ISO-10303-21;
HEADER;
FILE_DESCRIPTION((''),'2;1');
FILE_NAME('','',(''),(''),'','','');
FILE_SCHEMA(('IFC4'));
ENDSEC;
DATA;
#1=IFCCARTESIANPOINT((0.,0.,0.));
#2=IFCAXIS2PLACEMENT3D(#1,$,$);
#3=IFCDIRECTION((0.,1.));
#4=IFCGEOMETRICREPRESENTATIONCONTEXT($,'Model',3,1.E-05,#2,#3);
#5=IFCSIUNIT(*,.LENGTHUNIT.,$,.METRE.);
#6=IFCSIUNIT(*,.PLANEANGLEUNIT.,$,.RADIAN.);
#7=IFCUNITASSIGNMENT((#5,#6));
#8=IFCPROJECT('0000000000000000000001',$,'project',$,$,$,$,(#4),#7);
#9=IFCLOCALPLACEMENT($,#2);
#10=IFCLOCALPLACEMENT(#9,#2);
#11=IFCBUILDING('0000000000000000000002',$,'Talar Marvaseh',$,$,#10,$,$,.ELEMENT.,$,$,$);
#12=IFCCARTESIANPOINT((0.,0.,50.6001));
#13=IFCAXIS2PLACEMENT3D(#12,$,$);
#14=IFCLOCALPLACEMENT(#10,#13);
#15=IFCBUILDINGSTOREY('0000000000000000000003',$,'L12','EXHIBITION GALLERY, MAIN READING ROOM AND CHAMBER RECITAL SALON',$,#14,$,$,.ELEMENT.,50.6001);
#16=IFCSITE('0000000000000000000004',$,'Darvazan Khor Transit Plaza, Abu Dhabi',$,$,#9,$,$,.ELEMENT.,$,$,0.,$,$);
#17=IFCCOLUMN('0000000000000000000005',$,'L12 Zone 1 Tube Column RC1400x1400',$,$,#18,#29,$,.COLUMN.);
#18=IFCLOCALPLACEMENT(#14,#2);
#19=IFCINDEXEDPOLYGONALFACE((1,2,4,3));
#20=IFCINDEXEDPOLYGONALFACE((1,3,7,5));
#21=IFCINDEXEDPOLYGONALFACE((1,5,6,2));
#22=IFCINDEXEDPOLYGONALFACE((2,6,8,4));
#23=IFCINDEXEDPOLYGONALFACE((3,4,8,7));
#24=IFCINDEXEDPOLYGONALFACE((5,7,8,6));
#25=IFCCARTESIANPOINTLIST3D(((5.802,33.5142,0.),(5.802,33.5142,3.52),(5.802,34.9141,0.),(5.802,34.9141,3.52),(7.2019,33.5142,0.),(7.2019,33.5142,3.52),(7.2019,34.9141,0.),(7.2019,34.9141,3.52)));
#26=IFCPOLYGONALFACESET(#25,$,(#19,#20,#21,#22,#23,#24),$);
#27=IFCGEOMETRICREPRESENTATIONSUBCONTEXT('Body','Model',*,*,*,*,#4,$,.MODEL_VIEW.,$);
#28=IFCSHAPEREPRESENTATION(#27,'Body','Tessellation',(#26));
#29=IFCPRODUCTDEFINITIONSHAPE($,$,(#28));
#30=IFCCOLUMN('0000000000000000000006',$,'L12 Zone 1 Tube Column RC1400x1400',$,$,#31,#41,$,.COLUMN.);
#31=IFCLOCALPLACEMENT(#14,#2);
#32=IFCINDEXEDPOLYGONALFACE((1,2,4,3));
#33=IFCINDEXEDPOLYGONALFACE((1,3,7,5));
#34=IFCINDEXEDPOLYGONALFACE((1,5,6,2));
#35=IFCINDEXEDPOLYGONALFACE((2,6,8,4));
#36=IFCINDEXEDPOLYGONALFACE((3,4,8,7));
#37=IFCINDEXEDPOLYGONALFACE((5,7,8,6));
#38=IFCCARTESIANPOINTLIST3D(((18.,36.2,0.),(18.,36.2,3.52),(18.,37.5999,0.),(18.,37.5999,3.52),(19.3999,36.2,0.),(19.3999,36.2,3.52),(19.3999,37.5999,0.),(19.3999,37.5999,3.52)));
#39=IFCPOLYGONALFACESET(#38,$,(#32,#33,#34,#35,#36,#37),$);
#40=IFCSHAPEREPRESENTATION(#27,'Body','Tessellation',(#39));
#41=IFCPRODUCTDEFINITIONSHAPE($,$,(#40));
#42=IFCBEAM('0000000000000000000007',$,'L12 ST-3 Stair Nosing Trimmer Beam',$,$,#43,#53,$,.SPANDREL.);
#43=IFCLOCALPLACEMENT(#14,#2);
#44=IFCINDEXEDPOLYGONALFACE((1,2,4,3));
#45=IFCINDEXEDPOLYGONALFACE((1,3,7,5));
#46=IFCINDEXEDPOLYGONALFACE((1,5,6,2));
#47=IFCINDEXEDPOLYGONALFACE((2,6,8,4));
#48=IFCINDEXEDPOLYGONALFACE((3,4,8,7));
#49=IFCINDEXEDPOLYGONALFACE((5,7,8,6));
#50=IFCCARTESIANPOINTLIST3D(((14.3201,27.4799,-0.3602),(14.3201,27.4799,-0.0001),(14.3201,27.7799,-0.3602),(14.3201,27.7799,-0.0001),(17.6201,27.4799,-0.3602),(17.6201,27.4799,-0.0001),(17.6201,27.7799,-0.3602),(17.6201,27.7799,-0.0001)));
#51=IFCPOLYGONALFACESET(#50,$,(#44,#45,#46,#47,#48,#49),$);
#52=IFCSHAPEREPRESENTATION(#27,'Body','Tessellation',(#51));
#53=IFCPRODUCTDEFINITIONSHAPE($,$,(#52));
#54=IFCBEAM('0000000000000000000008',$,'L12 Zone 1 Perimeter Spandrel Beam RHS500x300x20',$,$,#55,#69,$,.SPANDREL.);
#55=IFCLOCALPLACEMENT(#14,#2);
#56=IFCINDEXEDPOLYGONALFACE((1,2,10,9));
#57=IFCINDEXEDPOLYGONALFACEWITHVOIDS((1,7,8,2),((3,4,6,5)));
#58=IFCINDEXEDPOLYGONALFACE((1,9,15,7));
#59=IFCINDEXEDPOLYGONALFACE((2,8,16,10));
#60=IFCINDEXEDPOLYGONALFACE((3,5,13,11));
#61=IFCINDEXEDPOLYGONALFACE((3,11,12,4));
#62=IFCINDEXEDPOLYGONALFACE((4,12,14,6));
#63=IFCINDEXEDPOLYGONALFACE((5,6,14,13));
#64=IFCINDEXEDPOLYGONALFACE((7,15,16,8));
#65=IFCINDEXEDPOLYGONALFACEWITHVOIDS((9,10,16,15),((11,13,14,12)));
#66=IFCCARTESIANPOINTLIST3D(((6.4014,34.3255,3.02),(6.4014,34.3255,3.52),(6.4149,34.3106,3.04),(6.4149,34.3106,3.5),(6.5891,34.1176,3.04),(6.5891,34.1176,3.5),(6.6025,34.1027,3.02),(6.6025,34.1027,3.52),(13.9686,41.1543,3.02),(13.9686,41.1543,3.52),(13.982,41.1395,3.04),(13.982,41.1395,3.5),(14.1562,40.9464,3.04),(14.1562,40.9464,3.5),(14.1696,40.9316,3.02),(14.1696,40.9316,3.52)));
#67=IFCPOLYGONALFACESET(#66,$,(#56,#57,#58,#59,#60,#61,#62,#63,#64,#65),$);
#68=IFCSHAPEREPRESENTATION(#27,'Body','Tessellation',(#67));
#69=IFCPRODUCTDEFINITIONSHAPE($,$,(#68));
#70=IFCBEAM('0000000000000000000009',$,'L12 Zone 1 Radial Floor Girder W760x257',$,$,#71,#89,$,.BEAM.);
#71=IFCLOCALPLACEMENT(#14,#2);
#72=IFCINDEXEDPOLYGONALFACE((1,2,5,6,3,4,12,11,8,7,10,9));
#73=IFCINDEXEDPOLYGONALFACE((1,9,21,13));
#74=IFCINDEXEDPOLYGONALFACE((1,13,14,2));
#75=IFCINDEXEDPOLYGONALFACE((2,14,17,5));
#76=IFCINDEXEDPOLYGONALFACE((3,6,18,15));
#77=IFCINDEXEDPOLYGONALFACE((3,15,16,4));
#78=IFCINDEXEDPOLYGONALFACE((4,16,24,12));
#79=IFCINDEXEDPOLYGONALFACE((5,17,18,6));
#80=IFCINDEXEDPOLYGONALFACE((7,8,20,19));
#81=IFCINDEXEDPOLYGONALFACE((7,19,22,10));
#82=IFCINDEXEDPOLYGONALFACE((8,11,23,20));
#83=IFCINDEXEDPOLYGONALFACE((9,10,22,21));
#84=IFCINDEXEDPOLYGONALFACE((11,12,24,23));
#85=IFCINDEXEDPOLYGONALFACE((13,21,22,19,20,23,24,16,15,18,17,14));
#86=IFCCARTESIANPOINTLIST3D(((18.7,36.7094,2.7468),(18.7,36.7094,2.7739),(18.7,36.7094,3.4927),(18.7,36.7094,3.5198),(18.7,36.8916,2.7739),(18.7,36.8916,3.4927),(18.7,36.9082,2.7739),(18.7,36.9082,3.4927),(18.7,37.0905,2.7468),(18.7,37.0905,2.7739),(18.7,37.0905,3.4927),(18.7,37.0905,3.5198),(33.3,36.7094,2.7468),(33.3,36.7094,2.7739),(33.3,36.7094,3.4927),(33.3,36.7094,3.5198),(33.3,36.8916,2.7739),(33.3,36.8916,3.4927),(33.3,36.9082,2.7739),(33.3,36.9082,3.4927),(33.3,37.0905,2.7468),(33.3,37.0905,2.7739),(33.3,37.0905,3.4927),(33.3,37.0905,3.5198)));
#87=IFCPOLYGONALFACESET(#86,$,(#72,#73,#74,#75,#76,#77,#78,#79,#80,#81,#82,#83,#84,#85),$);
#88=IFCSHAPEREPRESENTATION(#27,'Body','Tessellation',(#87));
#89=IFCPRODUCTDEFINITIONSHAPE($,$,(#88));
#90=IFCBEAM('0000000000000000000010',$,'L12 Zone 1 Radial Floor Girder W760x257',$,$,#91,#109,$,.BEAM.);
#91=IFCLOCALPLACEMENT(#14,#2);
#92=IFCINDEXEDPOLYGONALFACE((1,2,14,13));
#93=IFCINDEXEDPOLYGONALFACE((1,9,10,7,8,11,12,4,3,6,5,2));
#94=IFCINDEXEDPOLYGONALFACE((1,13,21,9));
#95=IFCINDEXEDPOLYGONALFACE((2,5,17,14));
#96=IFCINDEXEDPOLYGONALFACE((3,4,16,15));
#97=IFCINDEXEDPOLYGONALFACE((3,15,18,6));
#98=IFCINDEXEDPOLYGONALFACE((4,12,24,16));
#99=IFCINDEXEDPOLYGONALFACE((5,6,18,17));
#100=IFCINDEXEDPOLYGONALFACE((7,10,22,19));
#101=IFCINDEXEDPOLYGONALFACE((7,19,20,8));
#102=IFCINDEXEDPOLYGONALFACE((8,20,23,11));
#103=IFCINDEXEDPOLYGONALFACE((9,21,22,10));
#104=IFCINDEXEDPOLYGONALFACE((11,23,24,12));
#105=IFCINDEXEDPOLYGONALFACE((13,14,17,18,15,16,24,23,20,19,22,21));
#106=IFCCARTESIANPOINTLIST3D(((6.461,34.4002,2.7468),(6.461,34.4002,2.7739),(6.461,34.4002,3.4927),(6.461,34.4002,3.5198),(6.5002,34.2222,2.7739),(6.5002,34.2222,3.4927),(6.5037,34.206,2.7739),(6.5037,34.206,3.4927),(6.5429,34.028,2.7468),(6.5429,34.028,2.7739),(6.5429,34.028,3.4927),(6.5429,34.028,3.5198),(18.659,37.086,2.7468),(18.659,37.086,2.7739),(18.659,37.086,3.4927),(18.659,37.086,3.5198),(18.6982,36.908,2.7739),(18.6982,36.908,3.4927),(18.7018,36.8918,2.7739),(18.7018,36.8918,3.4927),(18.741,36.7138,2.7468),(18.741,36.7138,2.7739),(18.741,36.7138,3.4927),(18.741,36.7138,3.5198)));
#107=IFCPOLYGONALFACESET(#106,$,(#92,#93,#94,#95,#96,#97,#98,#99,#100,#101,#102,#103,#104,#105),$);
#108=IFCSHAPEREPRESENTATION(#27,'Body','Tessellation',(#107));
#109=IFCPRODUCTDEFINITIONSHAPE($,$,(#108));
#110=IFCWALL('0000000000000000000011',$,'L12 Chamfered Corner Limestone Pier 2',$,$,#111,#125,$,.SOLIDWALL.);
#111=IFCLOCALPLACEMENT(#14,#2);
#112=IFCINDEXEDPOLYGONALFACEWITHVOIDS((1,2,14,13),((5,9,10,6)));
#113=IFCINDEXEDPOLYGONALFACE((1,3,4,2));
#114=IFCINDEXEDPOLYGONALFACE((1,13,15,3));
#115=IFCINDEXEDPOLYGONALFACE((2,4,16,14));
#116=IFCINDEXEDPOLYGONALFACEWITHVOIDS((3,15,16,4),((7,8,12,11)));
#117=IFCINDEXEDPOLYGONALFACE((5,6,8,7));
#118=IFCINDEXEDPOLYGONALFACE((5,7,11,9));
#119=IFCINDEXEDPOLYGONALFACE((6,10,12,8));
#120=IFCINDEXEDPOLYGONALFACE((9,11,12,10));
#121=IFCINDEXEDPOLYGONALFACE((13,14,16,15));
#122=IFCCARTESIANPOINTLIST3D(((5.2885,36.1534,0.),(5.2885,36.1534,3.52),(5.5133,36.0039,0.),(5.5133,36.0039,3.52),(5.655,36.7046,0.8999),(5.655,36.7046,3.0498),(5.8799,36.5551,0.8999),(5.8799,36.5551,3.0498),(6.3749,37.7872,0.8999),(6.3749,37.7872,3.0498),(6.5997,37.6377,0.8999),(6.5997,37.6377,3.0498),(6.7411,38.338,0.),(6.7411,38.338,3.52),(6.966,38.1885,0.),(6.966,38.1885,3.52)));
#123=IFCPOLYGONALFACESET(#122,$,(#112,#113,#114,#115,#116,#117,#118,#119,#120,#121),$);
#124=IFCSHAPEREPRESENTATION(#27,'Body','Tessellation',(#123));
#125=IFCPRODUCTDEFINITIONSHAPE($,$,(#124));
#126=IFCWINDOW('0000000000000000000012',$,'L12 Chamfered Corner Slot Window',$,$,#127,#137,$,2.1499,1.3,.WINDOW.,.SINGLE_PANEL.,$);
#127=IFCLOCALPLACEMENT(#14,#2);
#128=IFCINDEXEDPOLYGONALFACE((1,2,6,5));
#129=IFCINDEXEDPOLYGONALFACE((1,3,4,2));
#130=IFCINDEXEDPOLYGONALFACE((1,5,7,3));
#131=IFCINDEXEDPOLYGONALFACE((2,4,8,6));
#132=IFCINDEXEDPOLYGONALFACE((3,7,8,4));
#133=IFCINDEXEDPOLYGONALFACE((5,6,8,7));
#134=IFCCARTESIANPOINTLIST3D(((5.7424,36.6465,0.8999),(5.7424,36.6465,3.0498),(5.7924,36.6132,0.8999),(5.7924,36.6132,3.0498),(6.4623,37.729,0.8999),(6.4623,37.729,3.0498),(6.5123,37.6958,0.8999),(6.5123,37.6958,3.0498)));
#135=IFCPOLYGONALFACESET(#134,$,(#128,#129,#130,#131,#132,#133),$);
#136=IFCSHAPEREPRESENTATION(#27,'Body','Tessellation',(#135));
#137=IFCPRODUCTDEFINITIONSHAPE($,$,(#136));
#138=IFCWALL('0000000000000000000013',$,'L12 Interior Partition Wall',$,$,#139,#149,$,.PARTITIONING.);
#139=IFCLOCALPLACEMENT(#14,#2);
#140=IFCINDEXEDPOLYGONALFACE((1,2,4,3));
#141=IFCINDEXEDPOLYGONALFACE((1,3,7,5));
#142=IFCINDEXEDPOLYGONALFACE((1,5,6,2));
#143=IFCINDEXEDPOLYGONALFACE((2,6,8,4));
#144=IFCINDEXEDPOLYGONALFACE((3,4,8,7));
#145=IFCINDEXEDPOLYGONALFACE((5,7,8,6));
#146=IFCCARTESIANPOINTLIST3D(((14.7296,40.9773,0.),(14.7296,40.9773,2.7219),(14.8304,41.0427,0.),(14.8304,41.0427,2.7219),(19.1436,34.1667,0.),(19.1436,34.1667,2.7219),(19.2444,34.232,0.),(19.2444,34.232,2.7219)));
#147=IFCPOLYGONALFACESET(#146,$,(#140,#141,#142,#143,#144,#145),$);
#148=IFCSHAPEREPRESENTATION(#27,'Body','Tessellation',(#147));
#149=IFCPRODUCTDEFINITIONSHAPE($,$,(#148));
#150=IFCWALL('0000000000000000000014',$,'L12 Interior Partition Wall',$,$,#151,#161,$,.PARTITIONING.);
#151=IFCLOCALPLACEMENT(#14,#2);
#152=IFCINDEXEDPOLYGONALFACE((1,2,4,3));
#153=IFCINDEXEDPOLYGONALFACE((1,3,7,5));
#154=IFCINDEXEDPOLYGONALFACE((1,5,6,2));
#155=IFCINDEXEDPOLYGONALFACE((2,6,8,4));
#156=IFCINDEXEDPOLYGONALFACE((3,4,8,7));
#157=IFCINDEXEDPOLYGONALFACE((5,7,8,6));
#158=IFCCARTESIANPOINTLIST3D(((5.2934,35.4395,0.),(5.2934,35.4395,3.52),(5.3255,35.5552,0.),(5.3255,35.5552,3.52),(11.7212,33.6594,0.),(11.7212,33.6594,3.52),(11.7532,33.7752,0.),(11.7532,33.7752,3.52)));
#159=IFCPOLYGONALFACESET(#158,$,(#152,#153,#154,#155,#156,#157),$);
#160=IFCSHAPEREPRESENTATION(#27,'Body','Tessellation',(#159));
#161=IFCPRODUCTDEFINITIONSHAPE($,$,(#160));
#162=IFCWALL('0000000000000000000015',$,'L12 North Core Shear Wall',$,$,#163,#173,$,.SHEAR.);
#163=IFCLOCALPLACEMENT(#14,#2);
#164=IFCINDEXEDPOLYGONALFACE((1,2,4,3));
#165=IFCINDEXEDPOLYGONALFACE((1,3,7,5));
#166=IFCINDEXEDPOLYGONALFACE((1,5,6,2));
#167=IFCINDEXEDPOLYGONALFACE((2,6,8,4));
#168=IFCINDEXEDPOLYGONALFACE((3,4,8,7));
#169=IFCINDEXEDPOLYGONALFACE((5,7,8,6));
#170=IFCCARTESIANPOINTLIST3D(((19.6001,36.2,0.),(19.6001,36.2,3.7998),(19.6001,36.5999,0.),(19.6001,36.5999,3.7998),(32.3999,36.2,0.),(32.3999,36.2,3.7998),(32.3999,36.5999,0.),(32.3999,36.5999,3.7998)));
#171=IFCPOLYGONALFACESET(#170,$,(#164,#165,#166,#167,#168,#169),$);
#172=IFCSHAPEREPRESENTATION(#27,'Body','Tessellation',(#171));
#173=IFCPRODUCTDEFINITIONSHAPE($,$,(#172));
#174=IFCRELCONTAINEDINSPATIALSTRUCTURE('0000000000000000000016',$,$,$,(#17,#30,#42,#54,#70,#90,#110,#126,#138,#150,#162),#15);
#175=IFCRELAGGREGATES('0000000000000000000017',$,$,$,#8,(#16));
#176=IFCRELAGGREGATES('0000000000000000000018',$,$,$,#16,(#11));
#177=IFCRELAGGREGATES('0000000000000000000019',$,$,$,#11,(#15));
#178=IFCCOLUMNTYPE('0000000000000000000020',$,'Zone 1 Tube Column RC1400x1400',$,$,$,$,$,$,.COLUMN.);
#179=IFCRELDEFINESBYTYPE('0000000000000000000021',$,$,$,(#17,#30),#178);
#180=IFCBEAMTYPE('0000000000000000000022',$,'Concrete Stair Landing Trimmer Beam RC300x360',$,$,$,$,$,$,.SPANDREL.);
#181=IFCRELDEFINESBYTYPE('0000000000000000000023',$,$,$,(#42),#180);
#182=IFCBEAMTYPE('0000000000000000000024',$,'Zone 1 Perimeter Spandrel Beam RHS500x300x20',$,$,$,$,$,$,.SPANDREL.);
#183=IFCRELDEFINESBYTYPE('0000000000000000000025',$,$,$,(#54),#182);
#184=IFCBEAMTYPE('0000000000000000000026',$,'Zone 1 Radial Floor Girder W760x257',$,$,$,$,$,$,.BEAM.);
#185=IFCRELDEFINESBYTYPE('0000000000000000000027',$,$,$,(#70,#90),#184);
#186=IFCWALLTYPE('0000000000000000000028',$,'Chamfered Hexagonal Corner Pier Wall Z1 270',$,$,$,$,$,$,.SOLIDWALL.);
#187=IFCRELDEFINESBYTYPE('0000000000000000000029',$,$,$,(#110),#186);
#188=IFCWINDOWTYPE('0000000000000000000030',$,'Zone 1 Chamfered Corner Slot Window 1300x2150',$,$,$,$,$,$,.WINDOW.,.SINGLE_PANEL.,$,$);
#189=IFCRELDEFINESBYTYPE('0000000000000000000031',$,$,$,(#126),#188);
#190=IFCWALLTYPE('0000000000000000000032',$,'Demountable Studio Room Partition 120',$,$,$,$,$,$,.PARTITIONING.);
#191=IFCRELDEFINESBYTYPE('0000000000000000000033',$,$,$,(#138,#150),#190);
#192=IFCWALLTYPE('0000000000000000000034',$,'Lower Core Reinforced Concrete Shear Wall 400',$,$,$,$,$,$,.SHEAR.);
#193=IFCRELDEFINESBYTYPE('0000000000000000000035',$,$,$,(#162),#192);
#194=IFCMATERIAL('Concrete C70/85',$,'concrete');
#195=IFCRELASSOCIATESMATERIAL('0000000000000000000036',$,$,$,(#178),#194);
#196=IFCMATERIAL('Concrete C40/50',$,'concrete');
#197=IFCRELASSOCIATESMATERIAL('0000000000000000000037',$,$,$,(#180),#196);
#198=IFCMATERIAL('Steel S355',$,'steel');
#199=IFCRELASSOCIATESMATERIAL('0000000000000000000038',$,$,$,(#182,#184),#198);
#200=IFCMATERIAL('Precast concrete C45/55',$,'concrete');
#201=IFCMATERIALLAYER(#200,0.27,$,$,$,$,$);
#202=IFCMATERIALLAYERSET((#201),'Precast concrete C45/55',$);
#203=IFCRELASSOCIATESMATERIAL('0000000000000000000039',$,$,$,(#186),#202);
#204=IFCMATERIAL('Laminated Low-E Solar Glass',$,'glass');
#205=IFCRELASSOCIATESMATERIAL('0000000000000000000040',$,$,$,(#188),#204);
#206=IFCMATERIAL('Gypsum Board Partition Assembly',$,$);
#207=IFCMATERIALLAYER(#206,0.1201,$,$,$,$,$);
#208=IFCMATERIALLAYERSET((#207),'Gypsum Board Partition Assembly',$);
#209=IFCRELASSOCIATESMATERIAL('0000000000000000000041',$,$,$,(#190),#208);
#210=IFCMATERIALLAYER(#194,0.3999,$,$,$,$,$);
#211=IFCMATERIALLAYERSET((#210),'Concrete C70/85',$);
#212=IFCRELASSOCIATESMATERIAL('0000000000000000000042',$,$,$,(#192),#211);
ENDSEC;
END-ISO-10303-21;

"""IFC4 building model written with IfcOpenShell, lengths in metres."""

from ifc_helpers import new_model, si_unit, direction, frame, frame_2d, origin, origin_2d, place, context, subcontext, project, spatial, rectangle, hollow_rectangle, i_section, extrude, source, transform, mapped, material, layer, layer_set, material_profile, profile_set, type_object, type_shapes, element, fill, save


model = new_model("IFC4")

# Units and contexts
model_context = context("Model", 3, precision=1e-05, world=origin(), true_north=direction((0.0, 1.0)))
body_context = subcontext(model_context, "Body", "Model", "MODEL_VIEW")
ifc_project = project(units=[si_unit("LENGTHUNIT", "METRE"), si_unit("PLANEANGLEUNIT", "RADIAN")], contexts=[model_context])

# Site, building, storey
site_placement = place(None, origin())
site = spatial("IfcSite", under=ifc_project, at=site_placement, Name="Darvazan Khor Transit Plaza, Abu Dhabi", CompositionType="ELEMENT", RefElevation=0.0)
building_placement = place(site_placement, origin())
building = spatial("IfcBuilding", under=site, at=building_placement, Name="Talar Marvaseh", CompositionType="ELEMENT")
storey_placement = place(building_placement, frame((0.0, 0.0, 50.6001)))
storey = spatial("IfcBuildingStorey", under=building, at=storey_placement, Name="L12", Description="EXHIBITION GALLERY, MAIN READING ROOM AND CHAMBER RECITAL SALON", CompositionType="ELEMENT", Elevation=50.6001)

# Columns
ifc_material_1 = material(Name="Concrete C70/85", Category="concrete")
ifc_material_profile_1 = material_profile(ifc_material_1, rectangle(XDim=1.3999, YDim=1.3999, at=origin_2d()), Name="RC1400x1400")
ifc_profile_set_1 = profile_set([ifc_material_profile_1], Name="Concrete C70/85")
column_type = type_object("IfcColumnType", Name="Zone 1 Tube Column RC1400x1400", PredefinedType="COLUMN", material=ifc_profile_set_1)
for number, where, z_axis, x_axis, name in (
    (1, (6.502, 34.2141, 0.0), (0.0, 0.0, 1.0), (1.0, 0.0, 0.0), "L12 Zone 1 Tube Column RC1400x1400"),
    (2, (18.7, 36.8999, 0.0), (0.0, 0.0, 1.0), (1.0, 0.0, 0.0), "L12 Zone 1 Tube Column RC1400x1400"),
):
    element("IfcColumn", number, at=place(storey_placement, frame(where, z_axis=z_axis, x_axis=x_axis)), inside=storey, type_object=column_type, Name=name, PredefinedType="COLUMN", context=body_context, shape_type="SweptSolid", body=[
        extrude(rectangle(XDim=1.3999, YDim=1.3999, at=origin_2d()), origin(), (0.0, 0.0, 1.0), 3.52),
    ])

# Beams
ifc_material_2 = material(Name="Concrete C40/50", Category="concrete")
ifc_material_profile_2 = material_profile(ifc_material_2, rectangle(XDim=0.3, YDim=0.3601, at=origin_2d()), Name="RC300x360")
ifc_profile_set_2 = profile_set([ifc_material_profile_2], Name="Concrete C40/50")
beam_type_1 = type_object("IfcBeamType", Name="Concrete Stair Landing Trimmer Beam RC300x360", PredefinedType="SPANDREL", material=ifc_profile_set_2)
beam_1_placement = place(storey_placement, frame((17.6201, 27.6299, -0.1802), z_axis=(-1.0, 0.0, 0.0), x_axis=(0.0, -1.0, 0.0)))
element("IfcBeam", 3, at=beam_1_placement, inside=storey, type_object=beam_type_1, Name="L12 ST-3 Stair Nosing Trimmer Beam", PredefinedType="SPANDREL", context=body_context, shape_type="SweptSolid", body=[
    extrude(rectangle(XDim=0.3, YDim=0.3601, at=origin_2d()), origin(), (0.0, 0.0, 1.0), 3.3),
])
ifc_material_3 = material(Name="Steel S355", Category="steel")
ifc_material_profile_3 = material_profile(ifc_material_3, hollow_rectangle(XDim=0.3, YDim=0.5, WallThickness=0.02, at=origin_2d()), Name="RHS500x300x20")
ifc_profile_set_3 = profile_set([ifc_material_profile_3], Name="Steel S355")
beam_type_2 = type_object("IfcBeamType", Name="Zone 1 Perimeter Spandrel Beam RHS500x300x20", PredefinedType="SPANDREL", material=ifc_profile_set_3)
beam_2_placement = place(storey_placement, frame((6.502, 34.2141, 3.27), z_axis=(0.742394, 0.669963, 0.0), x_axis=(-0.669963, 0.742394, 0.0)))
element("IfcBeam", 4, at=beam_2_placement, inside=storey, type_object=beam_type_2, Name="L12 Zone 1 Perimeter Spandrel Beam RHS500x300x20", PredefinedType="SPANDREL", context=body_context, shape_type="SweptSolid", body=[
    extrude(hollow_rectangle(XDim=0.3, YDim=0.5, WallThickness=0.02, at=origin_2d()), origin(), (0.0, 0.0, 1.0), 10.1929),
])
ifc_material_profile_4 = material_profile(ifc_material_3, i_section(OverallWidth=0.3811, OverallDepth=0.7729, WebThickness=0.0166, FlangeThickness=0.0271, at=origin_2d()), Name="W760x257")
ifc_profile_set_4 = profile_set([ifc_material_profile_4], Name="Steel S355")
beam_type_3 = type_object("IfcBeamType", Name="Zone 1 Radial Floor Girder W760x257", PredefinedType="BEAM", material=ifc_profile_set_4)
beam_3_placement = place(storey_placement, frame((18.7, 36.8999, 3.1333), z_axis=(1.0, 0.0, 0.0), x_axis=(0.0, 1.0, 0.0)))
element("IfcBeam", 5, at=beam_3_placement, inside=storey, type_object=beam_type_3, Name="L12 Zone 1 Radial Floor Girder W760x257", PredefinedType="BEAM", context=body_context, shape_type="SweptSolid", body=[
    extrude(i_section(OverallWidth=0.3811, OverallDepth=0.7729, WebThickness=0.0166, FlangeThickness=0.0271, at=origin_2d()), origin(), (0.0, 0.0, 1.0), 14.6001),
])
beam_4_placement = place(storey_placement, frame((6.502, 34.2141, 3.1333), z_axis=(0.976607, 0.215032, 0.0), x_axis=(-0.215032, 0.976607, 0.0)))
element("IfcBeam", 6, at=beam_4_placement, inside=storey, type_object=beam_type_3, Name="L12 Zone 1 Radial Floor Girder W760x257", PredefinedType="BEAM", context=body_context, shape_type="SweptSolid", body=[
    extrude(i_section(OverallWidth=0.3811, OverallDepth=0.7729, WebThickness=0.0166, FlangeThickness=0.0271, at=origin_2d()), origin(), (0.0, 0.0, 1.0), 12.4902),
])

# Wall, opening, window
ifc_material_4 = material(Name="Precast concrete C45/55", Category="concrete")
ifc_layer_1 = layer(ifc_material_4, 0.27)
ifc_layer_set_1 = layer_set([ifc_layer_1], Name="Precast concrete C45/55")
wall_type_1 = type_object("IfcWallType", Name="Chamfered Hexagonal Corner Pier Wall Z1 270", PredefinedType="SOLIDWALL", material=ifc_layer_set_1)
wall_1_placement = place(storey_placement, frame((5.4009, 36.0786, 0.0), z_axis=(0.0, 0.0, 1.0), x_axis=(0.553712, 0.832708, 0.0)))
wall_1 = element("IfcWall", 7, at=wall_1_placement, inside=storey, type_object=wall_type_1, Name="L12 Chamfered Corner Limestone Pier 2", PredefinedType="SOLIDWALL", context=body_context, shape_type="SweptSolid", body=[
    extrude(rectangle(XDim=2.6235, YDim=0.27, at=frame_2d((1.3118, 0.0))), origin(), (0.0, 0.0, 1.0), 3.52),
])
opening_1_placement = place(wall_1_placement, frame((0.6621, 0.0, 0.8999)))
opening_1 = element("IfcOpeningElement", 8, at=opening_1_placement, cuts=wall_1, PredefinedType="OPENING", context=body_context, shape_type="SweptSolid", body=[
    extrude(rectangle(XDim=1.3, YDim=2.1499, at=frame_2d((0.6499, 1.075))), frame((0.0, 0.145, 0.0), z_axis=(0.0, -1.0, 0.0), x_axis=(1.0, 0.0, 0.0)), (0.0, 0.0, 1.0), 0.29),
])
ifc_material_5 = material(Name="Laminated Low-E Solar Glass", Category="glass")
window_type = type_object("IfcWindowType", Name="Zone 1 Chamfered Corner Slot Window 1300x2150", PartitioningType="SINGLE_PANEL", PredefinedType="WINDOW", material=ifc_material_5)
shared_shape_1 = source(origin(), body_context, "Body", "SweptSolid", [
    extrude(rectangle(XDim=1.3, YDim=2.1499, at=frame_2d((0.6499, 1.075))), frame((0.0, 0.03, 0.0), z_axis=(0.0, -1.0, 0.0), x_axis=(1.0, 0.0, 0.0)), (0.0, 0.0, 1.0), 0.0601),
])
type_shapes(window_type, [shared_shape_1])
window_placement = place(opening_1_placement, origin())
window = element("IfcWindow", 9, at=window_placement, inside=storey, type_object=window_type, Name="L12 Chamfered Corner Slot Window", OverallHeight=2.1499, OverallWidth=1.3, PartitioningType="SINGLE_PANEL", PredefinedType="WINDOW", context=body_context, shape_type="MappedRepresentation", body=[
    mapped(shared_shape_1, transform((0.0, 0.0, 0.0), x_axis=(1.0, 0.0, 0.0), y_axis=(0.0, 1.0, 0.0), z_axis=(0.0, 0.0, 1.0), scale=1.0)),
])
fill(opening_1, window)

# Walls
ifc_material_6 = material(Name="Gypsum Board Partition Assembly")
ifc_layer_2 = layer(ifc_material_6, 0.1201)
ifc_layer_set_2 = layer_set([ifc_layer_2], Name="Gypsum Board Partition Assembly")
wall_type_2 = type_object("IfcWallType", Name="Demountable Studio Room Partition 120", PredefinedType="PARTITIONING", material=ifc_layer_set_2)
wall_2_placement = place(storey_placement, frame((19.1941, 34.1992, 0.0), z_axis=(0.0, 0.0, 1.0), x_axis=(-0.543866, 0.839172, 0.0)))
element("IfcWall", 10, at=wall_2_placement, inside=storey, type_object=wall_type_2, Name="L12 Interior Partition Wall", PredefinedType="PARTITIONING", context=body_context, shape_type="SweptSolid", body=[
    extrude(rectangle(XDim=8.116, YDim=0.1201, at=frame_2d((4.0581, 0.0))), origin(), (0.0, 0.0, 1.0), 2.7219),
])
wall_3_placement = place(storey_placement, frame((11.7373, 33.7173, 0.0), z_axis=(0.0, 0.0, 1.0), x_axis=(-0.963728, 0.266885, 0.0)))
element("IfcWall", 11, at=wall_3_placement, inside=storey, type_object=wall_type_2, Name="L12 Interior Partition Wall", PredefinedType="PARTITIONING", context=body_context, shape_type="SweptSolid", body=[
    extrude(rectangle(XDim=6.6697, YDim=0.1201, at=frame_2d((3.335, 0.0))), origin(), (0.0, 0.0, 1.0), 3.52),
])
ifc_layer_3 = layer(ifc_material_1, 0.3999)
ifc_layer_set_3 = layer_set([ifc_layer_3], Name="Concrete C70/85")
wall_type_3 = type_object("IfcWallType", Name="Lower Core Reinforced Concrete Shear Wall 400", PredefinedType="SHEAR", material=ifc_layer_set_3)
wall_4_placement = place(storey_placement, frame((19.6001, 36.3999, 0.0), z_axis=(0.0, 0.0, 1.0), x_axis=(1.0, 0.0, 0.0)))
element("IfcWall", 12, at=wall_4_placement, inside=storey, type_object=wall_type_3, Name="L12 North Core Shear Wall", PredefinedType="SHEAR", context=body_context, shape_type="SweptSolid", body=[
    extrude(rectangle(XDim=12.7998, YDim=0.3999, at=frame_2d((6.3999, 0.0))), origin(), (0.0, 0.0, 1.0), 3.7998),
])

save(model, "model.ifc")
